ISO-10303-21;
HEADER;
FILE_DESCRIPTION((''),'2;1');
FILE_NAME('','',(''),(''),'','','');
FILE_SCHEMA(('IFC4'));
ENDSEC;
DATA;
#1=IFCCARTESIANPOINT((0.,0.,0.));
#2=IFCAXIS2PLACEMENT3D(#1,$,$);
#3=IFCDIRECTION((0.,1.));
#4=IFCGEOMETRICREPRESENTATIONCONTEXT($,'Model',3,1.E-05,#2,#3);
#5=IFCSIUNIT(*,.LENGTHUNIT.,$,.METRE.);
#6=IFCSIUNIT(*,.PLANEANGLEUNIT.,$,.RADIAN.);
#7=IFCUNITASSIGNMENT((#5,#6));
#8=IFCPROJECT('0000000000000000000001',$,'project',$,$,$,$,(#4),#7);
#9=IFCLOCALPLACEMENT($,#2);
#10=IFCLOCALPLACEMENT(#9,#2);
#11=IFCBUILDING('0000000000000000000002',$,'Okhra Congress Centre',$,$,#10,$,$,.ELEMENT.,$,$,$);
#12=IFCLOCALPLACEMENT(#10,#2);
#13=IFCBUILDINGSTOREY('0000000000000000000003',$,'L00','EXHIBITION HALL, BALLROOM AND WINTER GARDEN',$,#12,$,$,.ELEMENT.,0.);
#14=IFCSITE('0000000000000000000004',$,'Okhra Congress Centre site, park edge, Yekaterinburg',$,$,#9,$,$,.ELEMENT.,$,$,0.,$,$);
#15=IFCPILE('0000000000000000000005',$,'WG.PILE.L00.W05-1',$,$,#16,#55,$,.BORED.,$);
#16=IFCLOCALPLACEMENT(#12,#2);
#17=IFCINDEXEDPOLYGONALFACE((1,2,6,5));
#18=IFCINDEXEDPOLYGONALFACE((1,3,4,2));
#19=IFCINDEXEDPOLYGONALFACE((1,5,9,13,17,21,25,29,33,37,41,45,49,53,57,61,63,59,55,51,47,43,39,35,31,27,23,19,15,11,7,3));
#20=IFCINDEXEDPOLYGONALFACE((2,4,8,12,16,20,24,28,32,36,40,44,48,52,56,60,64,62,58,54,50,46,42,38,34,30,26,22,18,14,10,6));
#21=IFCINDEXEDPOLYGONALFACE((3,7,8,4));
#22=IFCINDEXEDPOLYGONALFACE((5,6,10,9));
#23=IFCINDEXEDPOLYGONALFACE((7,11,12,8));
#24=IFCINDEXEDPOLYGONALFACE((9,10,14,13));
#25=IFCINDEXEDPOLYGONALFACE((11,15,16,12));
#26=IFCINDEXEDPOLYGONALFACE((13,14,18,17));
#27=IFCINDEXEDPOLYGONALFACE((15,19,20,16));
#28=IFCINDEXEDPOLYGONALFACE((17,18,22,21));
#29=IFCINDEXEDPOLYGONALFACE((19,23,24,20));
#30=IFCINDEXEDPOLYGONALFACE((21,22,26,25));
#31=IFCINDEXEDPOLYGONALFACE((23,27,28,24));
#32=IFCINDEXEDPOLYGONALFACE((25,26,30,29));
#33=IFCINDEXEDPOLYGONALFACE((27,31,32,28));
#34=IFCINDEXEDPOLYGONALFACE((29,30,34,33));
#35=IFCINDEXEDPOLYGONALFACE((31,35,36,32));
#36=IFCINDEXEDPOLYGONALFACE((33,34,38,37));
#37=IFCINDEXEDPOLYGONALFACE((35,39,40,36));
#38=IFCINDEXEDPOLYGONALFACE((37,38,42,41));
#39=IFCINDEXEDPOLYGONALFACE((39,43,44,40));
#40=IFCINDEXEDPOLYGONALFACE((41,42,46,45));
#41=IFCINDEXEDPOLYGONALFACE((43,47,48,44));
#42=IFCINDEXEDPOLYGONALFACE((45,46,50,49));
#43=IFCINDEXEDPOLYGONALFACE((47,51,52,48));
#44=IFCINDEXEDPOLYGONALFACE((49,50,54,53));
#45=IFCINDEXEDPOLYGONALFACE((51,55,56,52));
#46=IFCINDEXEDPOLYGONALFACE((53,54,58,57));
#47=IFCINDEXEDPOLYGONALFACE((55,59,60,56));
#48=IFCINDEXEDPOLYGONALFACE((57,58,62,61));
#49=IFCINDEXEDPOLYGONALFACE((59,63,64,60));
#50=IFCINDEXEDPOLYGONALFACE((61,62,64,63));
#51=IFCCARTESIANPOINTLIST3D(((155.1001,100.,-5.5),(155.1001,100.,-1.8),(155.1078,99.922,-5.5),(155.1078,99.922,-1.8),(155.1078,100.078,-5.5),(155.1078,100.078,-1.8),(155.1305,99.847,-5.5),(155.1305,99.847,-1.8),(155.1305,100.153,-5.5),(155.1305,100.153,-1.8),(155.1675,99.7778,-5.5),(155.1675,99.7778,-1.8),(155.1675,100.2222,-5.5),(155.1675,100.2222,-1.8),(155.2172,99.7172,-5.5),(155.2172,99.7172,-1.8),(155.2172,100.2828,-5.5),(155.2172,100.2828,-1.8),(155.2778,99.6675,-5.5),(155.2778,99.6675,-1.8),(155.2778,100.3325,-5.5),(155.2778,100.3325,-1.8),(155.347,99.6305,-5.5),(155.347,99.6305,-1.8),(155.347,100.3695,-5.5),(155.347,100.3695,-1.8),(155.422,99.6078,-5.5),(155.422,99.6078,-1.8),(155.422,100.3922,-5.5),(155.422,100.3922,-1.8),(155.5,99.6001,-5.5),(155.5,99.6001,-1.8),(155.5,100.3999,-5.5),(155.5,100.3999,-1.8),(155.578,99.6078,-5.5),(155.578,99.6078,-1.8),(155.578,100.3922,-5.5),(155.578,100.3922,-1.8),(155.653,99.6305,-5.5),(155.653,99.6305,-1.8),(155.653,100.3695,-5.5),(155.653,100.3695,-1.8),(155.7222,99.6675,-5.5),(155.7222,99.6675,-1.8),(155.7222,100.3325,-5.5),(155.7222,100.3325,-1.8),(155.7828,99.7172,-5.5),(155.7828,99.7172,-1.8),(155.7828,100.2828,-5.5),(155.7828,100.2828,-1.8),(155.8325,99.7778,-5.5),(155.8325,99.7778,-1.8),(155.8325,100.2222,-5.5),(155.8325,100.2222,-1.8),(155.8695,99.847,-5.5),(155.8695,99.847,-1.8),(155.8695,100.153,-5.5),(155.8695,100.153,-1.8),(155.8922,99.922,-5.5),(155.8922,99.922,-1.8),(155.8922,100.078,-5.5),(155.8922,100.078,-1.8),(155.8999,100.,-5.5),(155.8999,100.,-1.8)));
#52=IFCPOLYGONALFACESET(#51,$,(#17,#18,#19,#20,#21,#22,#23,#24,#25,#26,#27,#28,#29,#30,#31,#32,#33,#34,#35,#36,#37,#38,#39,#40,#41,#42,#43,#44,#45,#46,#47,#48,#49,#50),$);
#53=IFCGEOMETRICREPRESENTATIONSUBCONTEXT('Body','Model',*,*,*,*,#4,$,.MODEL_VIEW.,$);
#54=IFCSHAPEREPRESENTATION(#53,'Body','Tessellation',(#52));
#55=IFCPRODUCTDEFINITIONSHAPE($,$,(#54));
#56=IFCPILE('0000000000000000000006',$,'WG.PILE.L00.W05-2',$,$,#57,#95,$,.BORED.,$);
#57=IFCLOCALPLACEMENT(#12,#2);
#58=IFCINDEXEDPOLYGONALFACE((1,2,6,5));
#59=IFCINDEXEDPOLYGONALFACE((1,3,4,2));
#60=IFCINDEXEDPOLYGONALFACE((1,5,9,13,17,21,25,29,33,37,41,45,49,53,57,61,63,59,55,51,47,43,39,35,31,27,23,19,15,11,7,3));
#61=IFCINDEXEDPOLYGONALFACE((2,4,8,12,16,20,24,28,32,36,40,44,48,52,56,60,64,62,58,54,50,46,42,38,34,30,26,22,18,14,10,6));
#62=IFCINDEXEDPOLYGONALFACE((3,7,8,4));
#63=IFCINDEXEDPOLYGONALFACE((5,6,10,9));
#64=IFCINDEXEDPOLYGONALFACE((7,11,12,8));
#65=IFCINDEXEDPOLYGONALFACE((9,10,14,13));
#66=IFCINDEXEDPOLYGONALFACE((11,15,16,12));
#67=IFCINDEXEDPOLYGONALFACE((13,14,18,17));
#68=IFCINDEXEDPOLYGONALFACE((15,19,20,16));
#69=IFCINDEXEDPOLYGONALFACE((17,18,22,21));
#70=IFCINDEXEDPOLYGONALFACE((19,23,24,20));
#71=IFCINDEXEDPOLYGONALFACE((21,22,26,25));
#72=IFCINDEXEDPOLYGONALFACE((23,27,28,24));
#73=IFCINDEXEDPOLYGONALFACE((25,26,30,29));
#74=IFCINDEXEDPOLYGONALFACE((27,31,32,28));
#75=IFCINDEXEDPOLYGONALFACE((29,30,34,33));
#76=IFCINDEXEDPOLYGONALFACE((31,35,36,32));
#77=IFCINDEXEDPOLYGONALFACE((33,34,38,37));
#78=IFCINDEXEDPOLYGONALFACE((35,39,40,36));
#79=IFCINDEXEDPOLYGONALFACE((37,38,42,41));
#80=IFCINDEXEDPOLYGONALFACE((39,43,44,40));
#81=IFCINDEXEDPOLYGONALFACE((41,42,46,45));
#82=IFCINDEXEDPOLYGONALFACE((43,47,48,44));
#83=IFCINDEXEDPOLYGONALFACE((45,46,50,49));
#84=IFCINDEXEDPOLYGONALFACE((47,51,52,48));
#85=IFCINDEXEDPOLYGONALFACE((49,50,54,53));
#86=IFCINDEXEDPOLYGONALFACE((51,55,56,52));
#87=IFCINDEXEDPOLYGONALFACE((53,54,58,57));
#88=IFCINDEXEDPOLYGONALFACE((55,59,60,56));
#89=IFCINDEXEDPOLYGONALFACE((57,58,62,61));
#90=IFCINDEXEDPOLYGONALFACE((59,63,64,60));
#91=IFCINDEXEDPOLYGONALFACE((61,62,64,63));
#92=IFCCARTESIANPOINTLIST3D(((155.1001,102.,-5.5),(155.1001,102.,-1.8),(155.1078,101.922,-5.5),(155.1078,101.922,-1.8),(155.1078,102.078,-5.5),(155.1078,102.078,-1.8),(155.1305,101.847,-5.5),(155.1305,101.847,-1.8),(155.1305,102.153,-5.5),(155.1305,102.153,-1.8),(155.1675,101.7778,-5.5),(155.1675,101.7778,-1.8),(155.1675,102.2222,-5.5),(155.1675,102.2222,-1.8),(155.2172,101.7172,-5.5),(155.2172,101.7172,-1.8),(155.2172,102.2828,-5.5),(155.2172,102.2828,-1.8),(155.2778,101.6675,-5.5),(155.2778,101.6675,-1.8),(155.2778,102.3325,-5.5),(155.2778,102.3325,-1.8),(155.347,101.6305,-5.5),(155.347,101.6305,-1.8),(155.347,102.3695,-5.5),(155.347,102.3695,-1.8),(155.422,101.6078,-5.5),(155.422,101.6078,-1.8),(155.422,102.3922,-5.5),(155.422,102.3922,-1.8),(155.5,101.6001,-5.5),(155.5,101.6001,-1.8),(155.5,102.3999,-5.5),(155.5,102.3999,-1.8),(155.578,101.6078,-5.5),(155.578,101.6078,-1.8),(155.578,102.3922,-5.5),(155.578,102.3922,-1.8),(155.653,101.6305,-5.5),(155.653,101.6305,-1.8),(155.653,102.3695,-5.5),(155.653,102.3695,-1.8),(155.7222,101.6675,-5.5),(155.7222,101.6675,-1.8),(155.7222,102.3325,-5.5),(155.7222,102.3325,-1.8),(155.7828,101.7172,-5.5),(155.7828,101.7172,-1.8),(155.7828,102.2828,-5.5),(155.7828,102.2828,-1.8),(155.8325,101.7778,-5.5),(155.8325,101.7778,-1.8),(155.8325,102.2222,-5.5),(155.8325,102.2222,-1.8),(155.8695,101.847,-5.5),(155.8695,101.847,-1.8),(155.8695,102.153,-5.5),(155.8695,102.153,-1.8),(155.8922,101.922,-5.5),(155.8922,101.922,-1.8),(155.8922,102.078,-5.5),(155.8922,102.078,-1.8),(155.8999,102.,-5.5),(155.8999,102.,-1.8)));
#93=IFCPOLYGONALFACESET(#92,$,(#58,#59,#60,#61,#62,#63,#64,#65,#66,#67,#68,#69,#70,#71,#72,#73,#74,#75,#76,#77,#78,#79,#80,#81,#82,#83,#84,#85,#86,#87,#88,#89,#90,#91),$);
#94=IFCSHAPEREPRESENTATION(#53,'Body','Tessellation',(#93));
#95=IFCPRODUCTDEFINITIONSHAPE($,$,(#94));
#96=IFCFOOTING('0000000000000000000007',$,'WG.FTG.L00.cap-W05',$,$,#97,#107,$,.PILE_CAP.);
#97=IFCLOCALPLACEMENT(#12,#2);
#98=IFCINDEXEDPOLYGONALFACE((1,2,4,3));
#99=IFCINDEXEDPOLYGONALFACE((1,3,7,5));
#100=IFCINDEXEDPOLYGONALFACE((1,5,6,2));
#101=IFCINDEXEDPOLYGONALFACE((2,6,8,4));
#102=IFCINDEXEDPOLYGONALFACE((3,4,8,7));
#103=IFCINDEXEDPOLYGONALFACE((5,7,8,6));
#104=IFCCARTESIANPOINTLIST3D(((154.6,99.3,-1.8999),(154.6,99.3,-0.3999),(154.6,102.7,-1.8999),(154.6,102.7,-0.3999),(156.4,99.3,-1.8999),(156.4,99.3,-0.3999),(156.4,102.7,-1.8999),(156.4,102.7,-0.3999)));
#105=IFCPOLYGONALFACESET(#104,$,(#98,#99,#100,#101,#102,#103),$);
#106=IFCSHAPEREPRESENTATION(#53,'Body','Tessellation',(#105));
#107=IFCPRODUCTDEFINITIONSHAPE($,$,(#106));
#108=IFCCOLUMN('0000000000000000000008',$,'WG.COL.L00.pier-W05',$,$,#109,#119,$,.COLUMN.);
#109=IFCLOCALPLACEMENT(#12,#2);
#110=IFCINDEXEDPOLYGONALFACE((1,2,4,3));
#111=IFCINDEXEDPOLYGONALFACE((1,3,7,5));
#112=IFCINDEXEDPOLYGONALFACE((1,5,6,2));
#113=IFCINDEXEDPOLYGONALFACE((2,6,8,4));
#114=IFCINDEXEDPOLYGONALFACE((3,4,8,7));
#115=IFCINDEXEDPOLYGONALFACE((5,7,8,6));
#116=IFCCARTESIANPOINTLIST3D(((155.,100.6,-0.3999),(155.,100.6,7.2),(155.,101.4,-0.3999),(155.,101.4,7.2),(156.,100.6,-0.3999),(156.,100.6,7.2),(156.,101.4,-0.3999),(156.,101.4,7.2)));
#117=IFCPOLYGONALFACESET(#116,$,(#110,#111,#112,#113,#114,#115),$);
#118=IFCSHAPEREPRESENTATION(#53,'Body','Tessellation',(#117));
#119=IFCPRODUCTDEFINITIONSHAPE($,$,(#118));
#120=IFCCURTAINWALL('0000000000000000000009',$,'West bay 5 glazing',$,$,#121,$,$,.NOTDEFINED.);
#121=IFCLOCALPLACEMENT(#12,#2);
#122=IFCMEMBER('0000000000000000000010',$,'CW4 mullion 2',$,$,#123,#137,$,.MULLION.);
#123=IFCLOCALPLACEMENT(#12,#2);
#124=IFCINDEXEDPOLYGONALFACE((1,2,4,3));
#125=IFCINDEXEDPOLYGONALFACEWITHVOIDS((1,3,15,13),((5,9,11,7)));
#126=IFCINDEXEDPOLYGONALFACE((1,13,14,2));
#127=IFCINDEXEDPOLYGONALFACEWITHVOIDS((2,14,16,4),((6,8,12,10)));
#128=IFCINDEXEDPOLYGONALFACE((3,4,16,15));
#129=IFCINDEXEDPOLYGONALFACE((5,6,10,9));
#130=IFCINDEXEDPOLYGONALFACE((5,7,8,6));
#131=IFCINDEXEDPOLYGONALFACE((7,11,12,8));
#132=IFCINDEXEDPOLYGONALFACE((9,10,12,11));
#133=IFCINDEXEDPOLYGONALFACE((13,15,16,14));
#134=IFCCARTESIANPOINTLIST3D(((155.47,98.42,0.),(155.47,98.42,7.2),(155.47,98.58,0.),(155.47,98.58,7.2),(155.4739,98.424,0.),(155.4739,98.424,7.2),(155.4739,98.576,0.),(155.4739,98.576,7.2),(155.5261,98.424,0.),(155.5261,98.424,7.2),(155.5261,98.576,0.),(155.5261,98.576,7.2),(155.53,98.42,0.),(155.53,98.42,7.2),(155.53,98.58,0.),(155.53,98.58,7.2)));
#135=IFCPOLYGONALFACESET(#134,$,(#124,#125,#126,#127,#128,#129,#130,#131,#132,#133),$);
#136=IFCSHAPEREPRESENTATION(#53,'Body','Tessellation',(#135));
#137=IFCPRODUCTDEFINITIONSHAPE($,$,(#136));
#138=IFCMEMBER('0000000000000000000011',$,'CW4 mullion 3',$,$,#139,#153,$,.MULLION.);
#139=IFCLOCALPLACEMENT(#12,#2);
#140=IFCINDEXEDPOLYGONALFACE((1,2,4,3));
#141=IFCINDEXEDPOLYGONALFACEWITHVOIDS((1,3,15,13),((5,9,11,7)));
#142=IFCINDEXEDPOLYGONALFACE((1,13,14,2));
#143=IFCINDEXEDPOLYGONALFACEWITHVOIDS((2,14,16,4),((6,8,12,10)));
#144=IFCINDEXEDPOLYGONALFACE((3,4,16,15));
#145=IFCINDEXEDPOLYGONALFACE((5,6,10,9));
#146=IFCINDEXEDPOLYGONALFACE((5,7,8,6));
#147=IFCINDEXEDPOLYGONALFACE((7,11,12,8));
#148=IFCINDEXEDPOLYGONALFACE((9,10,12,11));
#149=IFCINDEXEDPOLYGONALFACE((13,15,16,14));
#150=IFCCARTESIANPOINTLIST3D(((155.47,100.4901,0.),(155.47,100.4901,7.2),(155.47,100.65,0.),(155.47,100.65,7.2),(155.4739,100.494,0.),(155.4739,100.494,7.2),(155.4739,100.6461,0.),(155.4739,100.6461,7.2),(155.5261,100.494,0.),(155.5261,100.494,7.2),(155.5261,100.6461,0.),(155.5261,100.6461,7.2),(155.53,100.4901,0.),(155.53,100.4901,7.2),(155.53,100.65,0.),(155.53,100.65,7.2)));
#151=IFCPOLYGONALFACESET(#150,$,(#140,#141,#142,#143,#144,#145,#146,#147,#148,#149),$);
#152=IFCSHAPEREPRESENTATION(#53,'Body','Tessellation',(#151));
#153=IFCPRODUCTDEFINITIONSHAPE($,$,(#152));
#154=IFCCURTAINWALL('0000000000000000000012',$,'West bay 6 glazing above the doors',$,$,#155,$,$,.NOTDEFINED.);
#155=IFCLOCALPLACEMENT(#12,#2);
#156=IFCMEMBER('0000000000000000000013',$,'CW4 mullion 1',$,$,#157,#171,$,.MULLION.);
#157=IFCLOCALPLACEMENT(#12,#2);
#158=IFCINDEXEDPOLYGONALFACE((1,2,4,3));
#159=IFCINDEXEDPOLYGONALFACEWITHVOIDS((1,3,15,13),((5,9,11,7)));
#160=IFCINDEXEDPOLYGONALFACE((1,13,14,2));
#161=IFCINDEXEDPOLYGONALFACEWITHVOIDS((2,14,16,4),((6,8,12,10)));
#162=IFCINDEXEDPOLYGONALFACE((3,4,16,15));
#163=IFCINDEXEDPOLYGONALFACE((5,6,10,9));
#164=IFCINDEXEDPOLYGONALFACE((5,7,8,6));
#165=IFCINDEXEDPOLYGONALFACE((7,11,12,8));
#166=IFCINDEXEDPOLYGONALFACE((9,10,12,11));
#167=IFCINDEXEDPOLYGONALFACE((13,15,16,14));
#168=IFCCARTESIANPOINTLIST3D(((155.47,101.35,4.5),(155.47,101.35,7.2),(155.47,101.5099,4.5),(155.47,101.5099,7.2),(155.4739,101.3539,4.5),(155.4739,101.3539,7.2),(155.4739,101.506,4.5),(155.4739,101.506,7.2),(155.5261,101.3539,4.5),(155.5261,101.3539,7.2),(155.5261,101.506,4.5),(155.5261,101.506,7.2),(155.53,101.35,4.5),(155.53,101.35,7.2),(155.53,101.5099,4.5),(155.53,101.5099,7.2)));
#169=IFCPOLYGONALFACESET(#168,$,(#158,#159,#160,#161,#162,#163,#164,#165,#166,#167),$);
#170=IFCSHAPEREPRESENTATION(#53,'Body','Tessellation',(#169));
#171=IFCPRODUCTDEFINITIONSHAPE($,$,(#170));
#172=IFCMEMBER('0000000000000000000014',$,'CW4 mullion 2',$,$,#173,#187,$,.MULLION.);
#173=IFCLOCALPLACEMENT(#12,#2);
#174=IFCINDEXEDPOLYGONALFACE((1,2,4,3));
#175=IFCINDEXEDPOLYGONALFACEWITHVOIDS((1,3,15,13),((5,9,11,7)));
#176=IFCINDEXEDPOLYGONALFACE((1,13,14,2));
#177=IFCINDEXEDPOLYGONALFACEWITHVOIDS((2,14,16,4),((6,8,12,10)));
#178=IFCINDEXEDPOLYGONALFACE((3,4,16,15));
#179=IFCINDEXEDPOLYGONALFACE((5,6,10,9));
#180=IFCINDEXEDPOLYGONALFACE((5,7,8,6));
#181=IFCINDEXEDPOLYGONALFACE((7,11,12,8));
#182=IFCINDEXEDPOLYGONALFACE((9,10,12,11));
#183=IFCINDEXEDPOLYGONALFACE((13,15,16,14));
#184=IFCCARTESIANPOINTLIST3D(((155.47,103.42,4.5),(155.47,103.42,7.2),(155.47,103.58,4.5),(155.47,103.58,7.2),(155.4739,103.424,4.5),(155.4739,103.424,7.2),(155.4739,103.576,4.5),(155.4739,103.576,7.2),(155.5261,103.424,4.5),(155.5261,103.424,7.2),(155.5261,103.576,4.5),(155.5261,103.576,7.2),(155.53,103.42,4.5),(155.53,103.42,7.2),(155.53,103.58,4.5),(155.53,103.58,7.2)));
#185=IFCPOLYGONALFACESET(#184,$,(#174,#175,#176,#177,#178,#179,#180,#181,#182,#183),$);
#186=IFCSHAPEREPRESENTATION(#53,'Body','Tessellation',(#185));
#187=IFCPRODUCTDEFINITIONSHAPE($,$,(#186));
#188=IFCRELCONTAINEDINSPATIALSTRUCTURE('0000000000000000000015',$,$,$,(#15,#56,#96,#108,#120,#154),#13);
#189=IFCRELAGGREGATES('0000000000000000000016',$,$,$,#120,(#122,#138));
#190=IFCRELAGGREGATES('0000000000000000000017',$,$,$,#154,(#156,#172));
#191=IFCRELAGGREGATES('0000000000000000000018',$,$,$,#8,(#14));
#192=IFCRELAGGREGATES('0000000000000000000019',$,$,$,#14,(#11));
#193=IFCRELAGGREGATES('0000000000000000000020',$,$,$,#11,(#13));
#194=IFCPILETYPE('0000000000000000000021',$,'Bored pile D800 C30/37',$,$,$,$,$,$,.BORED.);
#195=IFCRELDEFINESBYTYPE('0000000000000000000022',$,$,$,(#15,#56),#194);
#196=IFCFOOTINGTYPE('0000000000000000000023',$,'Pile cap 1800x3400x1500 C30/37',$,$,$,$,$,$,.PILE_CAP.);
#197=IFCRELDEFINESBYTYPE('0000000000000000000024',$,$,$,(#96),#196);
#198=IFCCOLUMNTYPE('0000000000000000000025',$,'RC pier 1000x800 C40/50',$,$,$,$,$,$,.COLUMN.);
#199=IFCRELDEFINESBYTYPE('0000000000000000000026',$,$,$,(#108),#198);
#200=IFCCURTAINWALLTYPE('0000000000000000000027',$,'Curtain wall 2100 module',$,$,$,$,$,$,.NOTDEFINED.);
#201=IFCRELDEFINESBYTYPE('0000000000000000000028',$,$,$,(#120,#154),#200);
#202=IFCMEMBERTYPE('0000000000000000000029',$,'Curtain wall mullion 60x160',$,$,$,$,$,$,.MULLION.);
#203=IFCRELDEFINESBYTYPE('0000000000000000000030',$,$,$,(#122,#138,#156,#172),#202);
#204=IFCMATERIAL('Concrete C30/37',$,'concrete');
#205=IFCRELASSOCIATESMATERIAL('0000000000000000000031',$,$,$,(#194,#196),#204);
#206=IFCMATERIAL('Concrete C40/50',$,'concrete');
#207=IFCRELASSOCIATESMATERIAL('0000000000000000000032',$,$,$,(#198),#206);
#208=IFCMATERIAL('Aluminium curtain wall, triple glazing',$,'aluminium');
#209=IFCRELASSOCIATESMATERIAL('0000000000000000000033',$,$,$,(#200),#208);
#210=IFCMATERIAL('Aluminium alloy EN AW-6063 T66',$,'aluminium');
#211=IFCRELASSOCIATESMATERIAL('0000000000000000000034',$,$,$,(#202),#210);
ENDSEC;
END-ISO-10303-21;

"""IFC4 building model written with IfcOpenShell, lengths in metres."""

from ifc_helpers import new_model, si_unit, direction, frame, origin, origin_2d, place, context, subcontext, project, spatial, rectangle, hollow_rectangle, circle, extrude, material, material_profile, profile_set, type_object, element, aggregate, save


model = new_model("IFC4")

# Units and contexts
model_context = context("Model", 3, precision=1e-05, world=origin(), true_north=direction((0.0, 1.0)))
body_context = subcontext(model_context, "Body", "Model", "MODEL_VIEW")
ifc_project = project(units=[si_unit("LENGTHUNIT", "METRE"), si_unit("PLANEANGLEUNIT", "RADIAN")], contexts=[model_context])

# Site, building, storey
site_placement = place(None, origin())
site = spatial("IfcSite", under=ifc_project, at=site_placement, Name="Okhra Congress Centre site, park edge, Yekaterinburg", CompositionType="ELEMENT", RefElevation=0.0)
building_placement = place(site_placement, origin())
building = spatial("IfcBuilding", under=site, at=building_placement, Name="Okhra Congress Centre", CompositionType="ELEMENT")
storey_placement = place(building_placement, origin())
storey = spatial("IfcBuildingStorey", under=building, at=storey_placement, Name="L00", Description="EXHIBITION HALL, BALLROOM AND WINTER GARDEN", CompositionType="ELEMENT", Elevation=0.0)

# Piles
ifc_material_1 = material(Name="Concrete C30/37", Category="concrete")
ifc_material_profile_1 = material_profile(ifc_material_1, circle(Radius=0.3999, at=origin_2d()), Name="D800")
ifc_profile_set_1 = profile_set([ifc_material_profile_1], Name="Concrete C30/37")
pile_type = type_object("IfcPileType", Name="Bored pile D800 C30/37", PredefinedType="BORED", material=ifc_profile_set_1)
for number, where, z_axis, x_axis, name in (
    (1, (155.5, 100.0, -1.8), (0.0, 0.0, -1.0), (1.0, 0.0, 0.0), "WG.PILE.L00.W05-1"),
    (2, (155.5, 102.0, -1.8), (0.0, 0.0, -1.0), (1.0, 0.0, 0.0), "WG.PILE.L00.W05-2"),
):
    element("IfcPile", number, at=place(storey_placement, frame(where, z_axis=z_axis, x_axis=x_axis)), inside=storey, type_object=pile_type, Name=name, PredefinedType="BORED", context=body_context, shape_type="SweptSolid", body=[
        extrude(circle(Radius=0.3999, at=origin_2d()), origin(), (0.0, 0.0, 1.0), 3.7),
    ])

# Footing
footing_type = type_object("IfcFootingType", Name="Pile cap 1800x3400x1500 C30/37", PredefinedType="PILE_CAP", material=ifc_material_1)
footing_placement = place(storey_placement, frame((155.5, 101.0, -1.8999), z_axis=(0.0, 0.0, 1.0), x_axis=(1.0, 0.0, 0.0)))
element("IfcFooting", 3, at=footing_placement, inside=storey, type_object=footing_type, Name="WG.FTG.L00.cap-W05", PredefinedType="PILE_CAP", context=body_context, shape_type="SweptSolid", body=[
    extrude(rectangle(XDim=1.8, YDim=3.3999, at=origin_2d()), origin(), (0.0, 0.0, 1.0), 1.5),
])

# Column
ifc_material_2 = material(Name="Concrete C40/50", Category="concrete")
ifc_material_profile_2 = material_profile(ifc_material_2, rectangle(XDim=1.0, YDim=0.8, at=origin_2d()), Name="RC 1000x800")
ifc_profile_set_2 = profile_set([ifc_material_profile_2], Name="Concrete C40/50")
column_type = type_object("IfcColumnType", Name="RC pier 1000x800 C40/50", PredefinedType="COLUMN", material=ifc_profile_set_2)
column_placement = place(storey_placement, frame((155.5, 101.0, -0.3999), z_axis=(0.0, 0.0, 1.0), x_axis=(1.0, 0.0, 0.0)))
element("IfcColumn", 4, at=column_placement, inside=storey, type_object=column_type, Name="WG.COL.L00.pier-W05", PredefinedType="COLUMN", context=body_context, shape_type="SweptSolid", body=[
    extrude(rectangle(XDim=1.0, YDim=0.8, at=origin_2d()), origin(), (0.0, 0.0, 1.0), 7.5999),
])

# Curtain walls, members
ifc_material_3 = material(Name="Aluminium curtain wall, triple glazing", Category="aluminium")
curtain_wall_type = type_object("IfcCurtainWallType", Name="Curtain wall 2100 module", PredefinedType="NOTDEFINED", material=ifc_material_3)
curtain_wall_1_placement = place(storey_placement, origin())
curtain_wall_1 = element("IfcCurtainWall", 5, at=curtain_wall_1_placement, inside=storey, type_object=curtain_wall_type, Name="West bay 5 glazing", PredefinedType="NOTDEFINED")
ifc_material_4 = material(Name="Aluminium alloy EN AW-6063 T66", Category="aluminium")
ifc_material_profile_3 = material_profile(ifc_material_4, hollow_rectangle(XDim=0.0601, YDim=0.1599, WallThickness=0.0039, at=origin_2d()), Name="RHS 60x160x4")
ifc_profile_set_3 = profile_set([ifc_material_profile_3], Name="Aluminium alloy EN AW-6063 T66")
member_type_1 = type_object("IfcMemberType", Name="Curtain wall mullion 60x160", PredefinedType="MULLION", material=ifc_profile_set_3)
member_1_placement = place(storey_placement, frame((155.5, 98.5, 0.0), z_axis=(0.0, 0.0, 1.0), x_axis=(-1.0, 0.0, 0.0)))
member_1 = element("IfcMember", 6, at=member_1_placement, type_object=member_type_1, Name="CW4 mullion 2", PredefinedType="MULLION", context=body_context, shape_type="SweptSolid", body=[
    extrude(hollow_rectangle(XDim=0.0601, YDim=0.1599, WallThickness=0.0039, at=origin_2d()), origin(), (0.0, 0.0, 1.0), 7.2),
])
member_2_placement = place(storey_placement, frame((155.5, 100.5701, 0.0), z_axis=(0.0, 0.0, 1.0), x_axis=(-1.0, 0.0, 0.0)))
member_2 = element("IfcMember", 7, at=member_2_placement, type_object=member_type_1, Name="CW4 mullion 3", PredefinedType="MULLION", context=body_context, shape_type="SweptSolid", body=[
    extrude(hollow_rectangle(XDim=0.0601, YDim=0.1599, WallThickness=0.0039, at=origin_2d()), origin(), (0.0, 0.0, 1.0), 7.2),
])
curtain_wall_2_placement = place(storey_placement, origin())
curtain_wall_2 = element("IfcCurtainWall", 8, at=curtain_wall_2_placement, inside=storey, type_object=curtain_wall_type, Name="West bay 6 glazing above the doors", PredefinedType="NOTDEFINED")
member_3_placement = place(storey_placement, frame((155.5, 101.4299, 4.5), z_axis=(0.0, 0.0, 1.0), x_axis=(-1.0, 0.0, 0.0)))
member_3 = element("IfcMember", 9, at=member_3_placement, type_object=member_type_1, Name="CW4 mullion 1", PredefinedType="MULLION", context=body_context, shape_type="SweptSolid", body=[
    extrude(hollow_rectangle(XDim=0.0601, YDim=0.1599, WallThickness=0.0039, at=origin_2d()), origin(), (0.0, 0.0, 1.0), 2.7),
])
member_4_placement = place(storey_placement, frame((155.5, 103.5, 4.5), z_axis=(0.0, 0.0, 1.0), x_axis=(-1.0, 0.0, 0.0)))
member_4 = element("IfcMember", 10, at=member_4_placement, type_object=member_type_1, Name="CW4 mullion 2", PredefinedType="MULLION", context=body_context, shape_type="SweptSolid", body=[
    extrude(hollow_rectangle(XDim=0.0601, YDim=0.1599, WallThickness=0.0039, at=origin_2d()), origin(), (0.0, 0.0, 1.0), 2.7),
])

aggregate(curtain_wall_1, [member_1, member_2])
aggregate(curtain_wall_2, [member_3, member_4])

save(model, "model.ifc")
